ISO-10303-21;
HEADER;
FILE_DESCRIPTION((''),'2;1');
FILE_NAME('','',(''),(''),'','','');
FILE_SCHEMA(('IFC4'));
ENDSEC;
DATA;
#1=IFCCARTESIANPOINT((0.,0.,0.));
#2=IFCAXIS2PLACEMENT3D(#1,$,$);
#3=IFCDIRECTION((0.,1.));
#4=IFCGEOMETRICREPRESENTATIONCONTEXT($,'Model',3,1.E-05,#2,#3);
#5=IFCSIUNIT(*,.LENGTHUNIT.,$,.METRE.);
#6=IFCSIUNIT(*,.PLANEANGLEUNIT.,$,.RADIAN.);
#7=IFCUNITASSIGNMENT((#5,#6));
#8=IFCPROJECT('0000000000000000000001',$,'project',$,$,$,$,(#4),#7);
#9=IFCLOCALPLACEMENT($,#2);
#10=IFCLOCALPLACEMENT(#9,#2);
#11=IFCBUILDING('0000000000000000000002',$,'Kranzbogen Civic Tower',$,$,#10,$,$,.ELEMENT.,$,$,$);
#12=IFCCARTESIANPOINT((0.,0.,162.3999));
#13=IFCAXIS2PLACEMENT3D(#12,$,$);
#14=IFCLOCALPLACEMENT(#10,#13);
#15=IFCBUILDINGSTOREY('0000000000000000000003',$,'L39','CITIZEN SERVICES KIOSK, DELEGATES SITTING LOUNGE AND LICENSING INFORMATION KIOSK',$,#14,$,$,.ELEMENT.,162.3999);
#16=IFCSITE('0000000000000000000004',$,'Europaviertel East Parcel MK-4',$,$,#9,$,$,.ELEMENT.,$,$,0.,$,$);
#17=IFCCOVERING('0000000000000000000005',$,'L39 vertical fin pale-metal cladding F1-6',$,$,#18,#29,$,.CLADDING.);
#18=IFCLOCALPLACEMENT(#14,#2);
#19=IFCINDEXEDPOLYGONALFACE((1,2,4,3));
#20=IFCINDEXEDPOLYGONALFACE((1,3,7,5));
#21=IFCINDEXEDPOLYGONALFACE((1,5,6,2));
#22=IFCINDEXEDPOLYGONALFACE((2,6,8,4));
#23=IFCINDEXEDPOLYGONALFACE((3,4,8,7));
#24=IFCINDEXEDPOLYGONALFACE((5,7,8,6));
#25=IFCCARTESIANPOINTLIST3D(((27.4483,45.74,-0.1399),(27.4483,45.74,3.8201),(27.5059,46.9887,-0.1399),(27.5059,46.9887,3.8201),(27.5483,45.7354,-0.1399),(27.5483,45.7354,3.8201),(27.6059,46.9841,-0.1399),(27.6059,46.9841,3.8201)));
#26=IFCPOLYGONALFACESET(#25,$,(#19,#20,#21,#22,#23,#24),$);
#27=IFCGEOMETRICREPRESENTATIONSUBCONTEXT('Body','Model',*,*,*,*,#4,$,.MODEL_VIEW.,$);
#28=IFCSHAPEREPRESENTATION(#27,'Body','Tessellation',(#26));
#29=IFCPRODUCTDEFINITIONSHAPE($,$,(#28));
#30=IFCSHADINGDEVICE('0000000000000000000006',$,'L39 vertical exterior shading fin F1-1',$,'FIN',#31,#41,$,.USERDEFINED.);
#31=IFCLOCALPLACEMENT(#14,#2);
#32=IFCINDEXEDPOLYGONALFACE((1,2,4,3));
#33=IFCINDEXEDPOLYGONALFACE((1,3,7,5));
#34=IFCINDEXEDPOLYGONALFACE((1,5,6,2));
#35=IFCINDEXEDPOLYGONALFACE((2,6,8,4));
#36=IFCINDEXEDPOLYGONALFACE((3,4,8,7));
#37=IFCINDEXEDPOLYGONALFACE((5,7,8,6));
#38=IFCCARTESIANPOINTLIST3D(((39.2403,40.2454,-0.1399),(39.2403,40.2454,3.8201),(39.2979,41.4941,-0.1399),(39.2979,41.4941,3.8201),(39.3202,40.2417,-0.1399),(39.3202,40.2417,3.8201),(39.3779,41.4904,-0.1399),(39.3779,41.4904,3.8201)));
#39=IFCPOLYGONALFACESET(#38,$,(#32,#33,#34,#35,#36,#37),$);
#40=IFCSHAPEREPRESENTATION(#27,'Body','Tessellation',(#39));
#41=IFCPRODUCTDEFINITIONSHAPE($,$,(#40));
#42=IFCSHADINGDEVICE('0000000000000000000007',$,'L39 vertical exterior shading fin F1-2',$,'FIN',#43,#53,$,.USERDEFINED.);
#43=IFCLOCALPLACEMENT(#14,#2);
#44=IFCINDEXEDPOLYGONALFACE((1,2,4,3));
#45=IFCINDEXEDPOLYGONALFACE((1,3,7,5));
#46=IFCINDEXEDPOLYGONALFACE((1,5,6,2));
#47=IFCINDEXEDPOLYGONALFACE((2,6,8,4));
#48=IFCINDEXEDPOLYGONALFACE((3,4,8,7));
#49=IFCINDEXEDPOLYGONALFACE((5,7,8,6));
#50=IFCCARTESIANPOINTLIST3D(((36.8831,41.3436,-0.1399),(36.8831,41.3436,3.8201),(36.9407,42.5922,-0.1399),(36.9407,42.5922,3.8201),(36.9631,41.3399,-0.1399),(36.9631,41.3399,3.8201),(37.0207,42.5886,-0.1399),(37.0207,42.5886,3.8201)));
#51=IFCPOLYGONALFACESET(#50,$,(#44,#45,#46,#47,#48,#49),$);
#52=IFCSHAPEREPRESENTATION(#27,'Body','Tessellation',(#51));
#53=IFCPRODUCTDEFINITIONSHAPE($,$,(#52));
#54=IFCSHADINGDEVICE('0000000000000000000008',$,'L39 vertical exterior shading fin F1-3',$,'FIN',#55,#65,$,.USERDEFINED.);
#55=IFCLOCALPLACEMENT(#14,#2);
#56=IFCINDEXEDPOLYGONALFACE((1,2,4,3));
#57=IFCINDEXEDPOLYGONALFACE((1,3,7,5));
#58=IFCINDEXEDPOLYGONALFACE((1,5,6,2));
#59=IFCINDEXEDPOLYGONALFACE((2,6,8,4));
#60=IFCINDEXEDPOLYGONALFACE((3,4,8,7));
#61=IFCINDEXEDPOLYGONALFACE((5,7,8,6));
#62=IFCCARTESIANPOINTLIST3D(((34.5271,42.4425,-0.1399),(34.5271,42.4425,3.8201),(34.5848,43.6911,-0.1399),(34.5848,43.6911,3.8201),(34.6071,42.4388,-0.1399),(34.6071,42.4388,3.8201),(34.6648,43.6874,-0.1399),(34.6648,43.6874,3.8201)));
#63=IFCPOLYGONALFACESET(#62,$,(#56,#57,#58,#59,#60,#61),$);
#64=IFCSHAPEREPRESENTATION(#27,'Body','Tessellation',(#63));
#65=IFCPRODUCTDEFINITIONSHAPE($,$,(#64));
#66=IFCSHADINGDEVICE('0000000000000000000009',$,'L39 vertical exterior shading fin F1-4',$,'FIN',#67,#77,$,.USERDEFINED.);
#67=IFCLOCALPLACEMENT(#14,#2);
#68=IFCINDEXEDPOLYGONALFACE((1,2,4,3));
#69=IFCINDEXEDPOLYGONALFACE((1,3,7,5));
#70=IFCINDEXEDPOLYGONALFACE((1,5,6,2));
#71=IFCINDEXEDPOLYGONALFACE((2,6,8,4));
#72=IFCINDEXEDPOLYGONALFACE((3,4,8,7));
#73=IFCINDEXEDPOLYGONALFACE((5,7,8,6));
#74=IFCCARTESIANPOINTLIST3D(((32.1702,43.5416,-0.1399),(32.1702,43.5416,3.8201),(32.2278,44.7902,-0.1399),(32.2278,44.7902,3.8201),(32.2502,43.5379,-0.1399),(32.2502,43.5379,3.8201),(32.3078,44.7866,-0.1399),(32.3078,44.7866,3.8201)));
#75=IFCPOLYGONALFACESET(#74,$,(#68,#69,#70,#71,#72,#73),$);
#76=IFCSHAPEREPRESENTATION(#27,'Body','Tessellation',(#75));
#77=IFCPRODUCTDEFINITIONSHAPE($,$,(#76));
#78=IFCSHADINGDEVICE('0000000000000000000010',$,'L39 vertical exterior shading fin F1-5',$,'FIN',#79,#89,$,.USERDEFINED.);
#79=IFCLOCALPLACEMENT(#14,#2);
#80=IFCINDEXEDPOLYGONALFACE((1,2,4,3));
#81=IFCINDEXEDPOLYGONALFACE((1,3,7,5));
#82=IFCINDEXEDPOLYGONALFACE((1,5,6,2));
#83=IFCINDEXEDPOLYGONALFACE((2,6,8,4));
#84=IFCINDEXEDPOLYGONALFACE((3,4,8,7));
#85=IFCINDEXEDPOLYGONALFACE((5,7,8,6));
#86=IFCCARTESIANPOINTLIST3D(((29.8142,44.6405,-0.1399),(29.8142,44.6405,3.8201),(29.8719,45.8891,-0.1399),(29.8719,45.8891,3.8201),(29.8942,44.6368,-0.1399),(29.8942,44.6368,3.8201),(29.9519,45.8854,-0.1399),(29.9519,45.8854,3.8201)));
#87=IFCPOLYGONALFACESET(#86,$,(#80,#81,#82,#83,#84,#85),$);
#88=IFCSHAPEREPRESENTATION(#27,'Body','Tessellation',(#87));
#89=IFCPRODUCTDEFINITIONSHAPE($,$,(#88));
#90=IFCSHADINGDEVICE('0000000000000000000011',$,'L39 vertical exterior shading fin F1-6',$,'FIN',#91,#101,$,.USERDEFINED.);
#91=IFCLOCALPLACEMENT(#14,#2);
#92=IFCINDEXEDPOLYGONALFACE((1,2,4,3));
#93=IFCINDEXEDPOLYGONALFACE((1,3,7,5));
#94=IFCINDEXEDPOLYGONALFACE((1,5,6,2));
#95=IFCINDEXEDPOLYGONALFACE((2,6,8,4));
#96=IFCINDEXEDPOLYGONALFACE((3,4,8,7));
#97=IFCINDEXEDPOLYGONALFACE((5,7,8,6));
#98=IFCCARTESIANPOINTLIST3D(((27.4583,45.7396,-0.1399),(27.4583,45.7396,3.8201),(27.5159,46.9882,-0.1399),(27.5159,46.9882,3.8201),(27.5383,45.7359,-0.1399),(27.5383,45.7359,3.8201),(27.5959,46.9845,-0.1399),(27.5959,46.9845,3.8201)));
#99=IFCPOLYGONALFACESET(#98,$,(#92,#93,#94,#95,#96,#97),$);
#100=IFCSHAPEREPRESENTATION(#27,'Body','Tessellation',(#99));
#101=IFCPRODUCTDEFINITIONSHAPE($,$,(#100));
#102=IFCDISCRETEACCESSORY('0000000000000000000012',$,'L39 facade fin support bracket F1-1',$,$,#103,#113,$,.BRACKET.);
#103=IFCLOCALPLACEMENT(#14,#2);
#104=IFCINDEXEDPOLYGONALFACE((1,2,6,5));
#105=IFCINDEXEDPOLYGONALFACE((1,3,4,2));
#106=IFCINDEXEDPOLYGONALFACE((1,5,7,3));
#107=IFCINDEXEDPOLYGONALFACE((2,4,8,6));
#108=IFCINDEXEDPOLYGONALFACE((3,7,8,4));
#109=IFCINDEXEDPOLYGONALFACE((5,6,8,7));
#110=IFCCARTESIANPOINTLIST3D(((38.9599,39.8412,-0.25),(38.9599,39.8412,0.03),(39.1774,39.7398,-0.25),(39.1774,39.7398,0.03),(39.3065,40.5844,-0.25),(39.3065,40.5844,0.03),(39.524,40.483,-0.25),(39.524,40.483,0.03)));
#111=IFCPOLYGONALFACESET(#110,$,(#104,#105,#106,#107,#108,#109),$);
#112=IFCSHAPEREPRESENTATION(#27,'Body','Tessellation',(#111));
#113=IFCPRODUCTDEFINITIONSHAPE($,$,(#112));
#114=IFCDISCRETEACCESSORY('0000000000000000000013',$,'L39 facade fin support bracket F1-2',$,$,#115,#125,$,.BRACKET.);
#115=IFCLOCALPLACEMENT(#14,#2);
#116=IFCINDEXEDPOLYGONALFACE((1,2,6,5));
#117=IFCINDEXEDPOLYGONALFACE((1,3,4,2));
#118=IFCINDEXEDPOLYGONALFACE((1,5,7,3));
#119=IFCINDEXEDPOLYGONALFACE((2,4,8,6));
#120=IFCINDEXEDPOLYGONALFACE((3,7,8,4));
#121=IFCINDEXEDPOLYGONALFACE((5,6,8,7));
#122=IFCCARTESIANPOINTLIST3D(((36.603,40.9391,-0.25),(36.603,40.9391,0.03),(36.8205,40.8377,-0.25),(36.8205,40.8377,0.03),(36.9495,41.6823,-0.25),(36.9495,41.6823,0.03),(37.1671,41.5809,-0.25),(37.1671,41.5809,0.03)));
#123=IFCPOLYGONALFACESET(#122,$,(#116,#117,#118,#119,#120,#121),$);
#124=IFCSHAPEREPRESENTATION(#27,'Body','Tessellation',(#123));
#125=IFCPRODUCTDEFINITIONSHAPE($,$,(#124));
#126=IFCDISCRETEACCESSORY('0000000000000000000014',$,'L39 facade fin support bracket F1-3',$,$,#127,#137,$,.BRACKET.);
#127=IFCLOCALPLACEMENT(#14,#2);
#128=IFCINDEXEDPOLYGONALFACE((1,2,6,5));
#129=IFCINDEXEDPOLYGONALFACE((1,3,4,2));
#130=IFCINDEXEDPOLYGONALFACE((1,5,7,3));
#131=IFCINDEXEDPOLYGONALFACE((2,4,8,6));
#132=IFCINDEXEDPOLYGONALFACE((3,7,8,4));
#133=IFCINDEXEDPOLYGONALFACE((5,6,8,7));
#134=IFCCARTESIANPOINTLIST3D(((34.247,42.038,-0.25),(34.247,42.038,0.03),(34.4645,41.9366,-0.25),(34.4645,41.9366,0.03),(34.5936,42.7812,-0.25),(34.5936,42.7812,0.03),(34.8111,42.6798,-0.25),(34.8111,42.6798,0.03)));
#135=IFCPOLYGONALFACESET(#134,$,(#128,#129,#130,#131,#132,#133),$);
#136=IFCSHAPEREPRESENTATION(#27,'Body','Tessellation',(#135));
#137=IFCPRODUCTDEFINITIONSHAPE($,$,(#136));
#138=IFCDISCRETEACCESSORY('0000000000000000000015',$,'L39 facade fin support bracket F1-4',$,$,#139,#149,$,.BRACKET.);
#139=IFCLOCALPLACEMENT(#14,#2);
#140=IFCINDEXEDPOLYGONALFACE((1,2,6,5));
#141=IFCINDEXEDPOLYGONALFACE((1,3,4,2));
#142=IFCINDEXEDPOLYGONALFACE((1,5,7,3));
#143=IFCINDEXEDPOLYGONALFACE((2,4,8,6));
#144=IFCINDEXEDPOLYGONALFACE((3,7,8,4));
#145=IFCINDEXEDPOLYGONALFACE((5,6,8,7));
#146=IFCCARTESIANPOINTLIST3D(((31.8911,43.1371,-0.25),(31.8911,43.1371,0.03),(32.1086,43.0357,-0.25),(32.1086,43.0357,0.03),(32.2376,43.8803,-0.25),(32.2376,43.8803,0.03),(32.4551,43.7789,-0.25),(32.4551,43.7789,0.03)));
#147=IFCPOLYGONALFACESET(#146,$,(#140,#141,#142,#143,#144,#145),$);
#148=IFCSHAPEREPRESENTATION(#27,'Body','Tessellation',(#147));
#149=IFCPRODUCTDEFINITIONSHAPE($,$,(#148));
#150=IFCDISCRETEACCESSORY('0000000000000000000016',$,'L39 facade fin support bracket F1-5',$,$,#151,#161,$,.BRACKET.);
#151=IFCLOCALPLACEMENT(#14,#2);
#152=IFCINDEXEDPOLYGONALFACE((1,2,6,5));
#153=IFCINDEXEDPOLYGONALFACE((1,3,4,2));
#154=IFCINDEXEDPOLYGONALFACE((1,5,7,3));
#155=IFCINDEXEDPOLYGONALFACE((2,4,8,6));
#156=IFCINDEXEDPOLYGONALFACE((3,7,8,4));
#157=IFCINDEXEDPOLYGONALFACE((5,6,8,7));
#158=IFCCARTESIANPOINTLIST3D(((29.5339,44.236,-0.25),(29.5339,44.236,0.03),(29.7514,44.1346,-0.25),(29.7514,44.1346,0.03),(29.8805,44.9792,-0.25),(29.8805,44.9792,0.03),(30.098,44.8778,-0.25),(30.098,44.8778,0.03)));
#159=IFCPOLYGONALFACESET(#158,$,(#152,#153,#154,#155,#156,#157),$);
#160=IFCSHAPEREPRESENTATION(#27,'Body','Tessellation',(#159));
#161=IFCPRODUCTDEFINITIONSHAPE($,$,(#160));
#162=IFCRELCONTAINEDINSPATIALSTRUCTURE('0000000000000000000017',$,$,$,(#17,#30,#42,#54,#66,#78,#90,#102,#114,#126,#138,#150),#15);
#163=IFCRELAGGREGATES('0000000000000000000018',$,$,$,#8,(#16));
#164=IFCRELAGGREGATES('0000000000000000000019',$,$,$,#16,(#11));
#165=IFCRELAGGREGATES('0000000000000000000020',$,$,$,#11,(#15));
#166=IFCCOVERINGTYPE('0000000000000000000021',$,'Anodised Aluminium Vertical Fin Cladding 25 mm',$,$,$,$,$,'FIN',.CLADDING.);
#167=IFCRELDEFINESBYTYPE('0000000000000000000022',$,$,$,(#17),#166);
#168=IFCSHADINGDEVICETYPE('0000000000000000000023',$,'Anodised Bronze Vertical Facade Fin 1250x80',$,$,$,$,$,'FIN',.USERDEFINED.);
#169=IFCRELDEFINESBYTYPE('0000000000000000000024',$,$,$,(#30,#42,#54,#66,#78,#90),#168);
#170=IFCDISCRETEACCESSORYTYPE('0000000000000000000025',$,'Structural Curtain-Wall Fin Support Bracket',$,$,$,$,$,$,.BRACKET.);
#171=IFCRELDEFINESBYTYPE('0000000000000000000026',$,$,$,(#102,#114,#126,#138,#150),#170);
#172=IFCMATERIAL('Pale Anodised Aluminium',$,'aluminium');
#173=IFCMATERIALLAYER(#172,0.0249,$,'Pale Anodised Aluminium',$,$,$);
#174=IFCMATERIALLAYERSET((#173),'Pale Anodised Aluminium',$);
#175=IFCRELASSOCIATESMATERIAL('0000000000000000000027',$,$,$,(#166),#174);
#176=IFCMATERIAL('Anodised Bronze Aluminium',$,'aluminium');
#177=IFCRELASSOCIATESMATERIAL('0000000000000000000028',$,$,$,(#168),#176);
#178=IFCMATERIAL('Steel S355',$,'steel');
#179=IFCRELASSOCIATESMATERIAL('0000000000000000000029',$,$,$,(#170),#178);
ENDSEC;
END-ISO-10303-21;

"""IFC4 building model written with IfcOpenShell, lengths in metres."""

from ifc_helpers import new_model, si_unit, direction, frame, origin, origin_2d, place, context, subcontext, project, spatial, rectangle, extrude, material, layer, layer_set, type_object, element, save


model = new_model("IFC4")

# Units and contexts
model_context = context("Model", 3, precision=1e-05, world=origin(), true_north=direction((0.0, 1.0)))
body_context = subcontext(model_context, "Body", "Model", "MODEL_VIEW")
ifc_project = project(units=[si_unit("LENGTHUNIT", "METRE"), si_unit("PLANEANGLEUNIT", "RADIAN")], contexts=[model_context])

# Site, building, storey
site_placement = place(None, origin())
site = spatial("IfcSite", under=ifc_project, at=site_placement, Name="Europaviertel East Parcel MK-4", CompositionType="ELEMENT", RefElevation=0.0)
building_placement = place(site_placement, origin())
building = spatial("IfcBuilding", under=site, at=building_placement, Name="Kranzbogen Civic Tower", CompositionType="ELEMENT")
storey_placement = place(building_placement, frame((0.0, 0.0, 162.3999)))
storey = spatial("IfcBuildingStorey", under=building, at=storey_placement, Name="L39", Description="CITIZEN SERVICES KIOSK, DELEGATES SITTING LOUNGE AND LICENSING INFORMATION KIOSK", CompositionType="ELEMENT", Elevation=162.3999)

# Shared definitions
ifc_material_1 = material(Name="Steel S355", Category="steel")

# Shared definitions
ifc_material_2 = material(Name="Pale Anodised Aluminium", Category="aluminium")

# Covering
ifc_layer_1 = layer(ifc_material_2, 0.0249, Name="Pale Anodised Aluminium")
ifc_layer_set_1 = layer_set([ifc_layer_1], Name="Pale Anodised Aluminium")
covering_type = type_object("IfcCoveringType", Name="Anodised Aluminium Vertical Fin Cladding 25 mm", ElementType="FIN", PredefinedType="CLADDING", material=ifc_layer_set_1)
for number, where, z_axis, x_axis, name in (
    (1, (27.5271, 46.3621, -0.1399), (0.0, 0.0, 1.0), (0.04613, 0.998935, 0.0), "L39 vertical fin pale-metal cladding F1-6"),
):
    element("IfcCovering", number, at=place(storey_placement, frame(where, z_axis=z_axis, x_axis=x_axis)), inside=storey, type_object=covering_type, Name=name, PredefinedType="CLADDING", context=body_context, shape_type="SweptSolid", body=[
        extrude(rectangle(XDim=1.25, YDim=0.1001, at=origin_2d()), origin(), (0.0, 0.0, 1.0), 3.96),
    ])

# Shading devices
ifc_material_3 = material(Name="Anodised Bronze Aluminium", Category="aluminium")
shading_device_type = type_object("IfcShadingDeviceType", Name="Anodised Bronze Vertical Facade Fin 1250x80", ElementType="FIN", PredefinedType="USERDEFINED", material=ifc_material_3)
for number, where, z_axis, x_axis, name in (
    (2, (39.3091, 40.8679, -0.1399), (0.0, 0.0, 1.0), (0.04613, 0.998935, 0.0), "L39 vertical exterior shading fin F1-1"),
    (3, (36.9519, 41.9661, -0.1399), (0.0, 0.0, 1.0), (0.04613, 0.998935, 0.0), "L39 vertical exterior shading fin F1-2"),
    (4, (34.5959, 43.0649, -0.1399), (0.0, 0.0, 1.0), (0.04613, 0.998935, 0.0), "L39 vertical exterior shading fin F1-3"),
    (5, (32.239, 44.1641, -0.1399), (0.0, 0.0, 1.0), (0.04613, 0.998935, 0.0), "L39 vertical exterior shading fin F1-4"),
    (6, (29.8831, 45.2629, -0.1399), (0.0, 0.0, 1.0), (0.04613, 0.998935, 0.0), "L39 vertical exterior shading fin F1-5"),
    (7, (27.5271, 46.3621, -0.1399), (0.0, 0.0, 1.0), (0.04613, 0.998935, 0.0), "L39 vertical exterior shading fin F1-6"),
):
    element("IfcShadingDevice", number, at=place(storey_placement, frame(where, z_axis=z_axis, x_axis=x_axis)), inside=storey, type_object=shading_device_type, Name=name, ObjectType="FIN", PredefinedType="USERDEFINED", context=body_context, shape_type="SweptSolid", body=[
        extrude(rectangle(XDim=1.25, YDim=0.0801, at=origin_2d()), origin(), (0.0, 0.0, 1.0), 3.96),
    ])

# Discrete accessories
discrete_accessory_type = type_object("IfcDiscreteAccessoryType", Name="Structural Curtain-Wall Fin Support Bracket", PredefinedType="BRACKET", material=ifc_material_1)
for number, where, z_axis, x_axis, name in (
    (8, (39.2419, 40.1621, -0.25), (0.0, 0.0, 1.0), (0.422618, 0.906308, 0.0), "L39 facade fin support bracket F1-1"),
    (9, (36.885, 41.26, -0.25), (0.0, 0.0, 1.0), (0.422618, 0.906308, 0.0), "L39 facade fin support bracket F1-2"),
    (10, (34.5291, 42.3589, -0.25), (0.0, 0.0, 1.0), (0.422618, 0.906308, 0.0), "L39 facade fin support bracket F1-3"),
    (11, (32.1731, 43.458, -0.25), (0.0, 0.0, 1.0), (0.422618, 0.906308, 0.0), "L39 facade fin support bracket F1-4"),
    (12, (29.8159, 44.5569, -0.25), (0.0, 0.0, 1.0), (0.422618, 0.906308, 0.0), "L39 facade fin support bracket F1-5"),
):
    element("IfcDiscreteAccessory", number, at=place(storey_placement, frame(where, z_axis=z_axis, x_axis=x_axis)), inside=storey, type_object=discrete_accessory_type, Name=name, PredefinedType="BRACKET", context=body_context, shape_type="SweptSolid", body=[
        extrude(rectangle(XDim=0.8201, YDim=0.24, at=origin_2d()), origin(), (0.0, 0.0, 1.0), 0.28),
    ])

save(model, "model.ifc")
